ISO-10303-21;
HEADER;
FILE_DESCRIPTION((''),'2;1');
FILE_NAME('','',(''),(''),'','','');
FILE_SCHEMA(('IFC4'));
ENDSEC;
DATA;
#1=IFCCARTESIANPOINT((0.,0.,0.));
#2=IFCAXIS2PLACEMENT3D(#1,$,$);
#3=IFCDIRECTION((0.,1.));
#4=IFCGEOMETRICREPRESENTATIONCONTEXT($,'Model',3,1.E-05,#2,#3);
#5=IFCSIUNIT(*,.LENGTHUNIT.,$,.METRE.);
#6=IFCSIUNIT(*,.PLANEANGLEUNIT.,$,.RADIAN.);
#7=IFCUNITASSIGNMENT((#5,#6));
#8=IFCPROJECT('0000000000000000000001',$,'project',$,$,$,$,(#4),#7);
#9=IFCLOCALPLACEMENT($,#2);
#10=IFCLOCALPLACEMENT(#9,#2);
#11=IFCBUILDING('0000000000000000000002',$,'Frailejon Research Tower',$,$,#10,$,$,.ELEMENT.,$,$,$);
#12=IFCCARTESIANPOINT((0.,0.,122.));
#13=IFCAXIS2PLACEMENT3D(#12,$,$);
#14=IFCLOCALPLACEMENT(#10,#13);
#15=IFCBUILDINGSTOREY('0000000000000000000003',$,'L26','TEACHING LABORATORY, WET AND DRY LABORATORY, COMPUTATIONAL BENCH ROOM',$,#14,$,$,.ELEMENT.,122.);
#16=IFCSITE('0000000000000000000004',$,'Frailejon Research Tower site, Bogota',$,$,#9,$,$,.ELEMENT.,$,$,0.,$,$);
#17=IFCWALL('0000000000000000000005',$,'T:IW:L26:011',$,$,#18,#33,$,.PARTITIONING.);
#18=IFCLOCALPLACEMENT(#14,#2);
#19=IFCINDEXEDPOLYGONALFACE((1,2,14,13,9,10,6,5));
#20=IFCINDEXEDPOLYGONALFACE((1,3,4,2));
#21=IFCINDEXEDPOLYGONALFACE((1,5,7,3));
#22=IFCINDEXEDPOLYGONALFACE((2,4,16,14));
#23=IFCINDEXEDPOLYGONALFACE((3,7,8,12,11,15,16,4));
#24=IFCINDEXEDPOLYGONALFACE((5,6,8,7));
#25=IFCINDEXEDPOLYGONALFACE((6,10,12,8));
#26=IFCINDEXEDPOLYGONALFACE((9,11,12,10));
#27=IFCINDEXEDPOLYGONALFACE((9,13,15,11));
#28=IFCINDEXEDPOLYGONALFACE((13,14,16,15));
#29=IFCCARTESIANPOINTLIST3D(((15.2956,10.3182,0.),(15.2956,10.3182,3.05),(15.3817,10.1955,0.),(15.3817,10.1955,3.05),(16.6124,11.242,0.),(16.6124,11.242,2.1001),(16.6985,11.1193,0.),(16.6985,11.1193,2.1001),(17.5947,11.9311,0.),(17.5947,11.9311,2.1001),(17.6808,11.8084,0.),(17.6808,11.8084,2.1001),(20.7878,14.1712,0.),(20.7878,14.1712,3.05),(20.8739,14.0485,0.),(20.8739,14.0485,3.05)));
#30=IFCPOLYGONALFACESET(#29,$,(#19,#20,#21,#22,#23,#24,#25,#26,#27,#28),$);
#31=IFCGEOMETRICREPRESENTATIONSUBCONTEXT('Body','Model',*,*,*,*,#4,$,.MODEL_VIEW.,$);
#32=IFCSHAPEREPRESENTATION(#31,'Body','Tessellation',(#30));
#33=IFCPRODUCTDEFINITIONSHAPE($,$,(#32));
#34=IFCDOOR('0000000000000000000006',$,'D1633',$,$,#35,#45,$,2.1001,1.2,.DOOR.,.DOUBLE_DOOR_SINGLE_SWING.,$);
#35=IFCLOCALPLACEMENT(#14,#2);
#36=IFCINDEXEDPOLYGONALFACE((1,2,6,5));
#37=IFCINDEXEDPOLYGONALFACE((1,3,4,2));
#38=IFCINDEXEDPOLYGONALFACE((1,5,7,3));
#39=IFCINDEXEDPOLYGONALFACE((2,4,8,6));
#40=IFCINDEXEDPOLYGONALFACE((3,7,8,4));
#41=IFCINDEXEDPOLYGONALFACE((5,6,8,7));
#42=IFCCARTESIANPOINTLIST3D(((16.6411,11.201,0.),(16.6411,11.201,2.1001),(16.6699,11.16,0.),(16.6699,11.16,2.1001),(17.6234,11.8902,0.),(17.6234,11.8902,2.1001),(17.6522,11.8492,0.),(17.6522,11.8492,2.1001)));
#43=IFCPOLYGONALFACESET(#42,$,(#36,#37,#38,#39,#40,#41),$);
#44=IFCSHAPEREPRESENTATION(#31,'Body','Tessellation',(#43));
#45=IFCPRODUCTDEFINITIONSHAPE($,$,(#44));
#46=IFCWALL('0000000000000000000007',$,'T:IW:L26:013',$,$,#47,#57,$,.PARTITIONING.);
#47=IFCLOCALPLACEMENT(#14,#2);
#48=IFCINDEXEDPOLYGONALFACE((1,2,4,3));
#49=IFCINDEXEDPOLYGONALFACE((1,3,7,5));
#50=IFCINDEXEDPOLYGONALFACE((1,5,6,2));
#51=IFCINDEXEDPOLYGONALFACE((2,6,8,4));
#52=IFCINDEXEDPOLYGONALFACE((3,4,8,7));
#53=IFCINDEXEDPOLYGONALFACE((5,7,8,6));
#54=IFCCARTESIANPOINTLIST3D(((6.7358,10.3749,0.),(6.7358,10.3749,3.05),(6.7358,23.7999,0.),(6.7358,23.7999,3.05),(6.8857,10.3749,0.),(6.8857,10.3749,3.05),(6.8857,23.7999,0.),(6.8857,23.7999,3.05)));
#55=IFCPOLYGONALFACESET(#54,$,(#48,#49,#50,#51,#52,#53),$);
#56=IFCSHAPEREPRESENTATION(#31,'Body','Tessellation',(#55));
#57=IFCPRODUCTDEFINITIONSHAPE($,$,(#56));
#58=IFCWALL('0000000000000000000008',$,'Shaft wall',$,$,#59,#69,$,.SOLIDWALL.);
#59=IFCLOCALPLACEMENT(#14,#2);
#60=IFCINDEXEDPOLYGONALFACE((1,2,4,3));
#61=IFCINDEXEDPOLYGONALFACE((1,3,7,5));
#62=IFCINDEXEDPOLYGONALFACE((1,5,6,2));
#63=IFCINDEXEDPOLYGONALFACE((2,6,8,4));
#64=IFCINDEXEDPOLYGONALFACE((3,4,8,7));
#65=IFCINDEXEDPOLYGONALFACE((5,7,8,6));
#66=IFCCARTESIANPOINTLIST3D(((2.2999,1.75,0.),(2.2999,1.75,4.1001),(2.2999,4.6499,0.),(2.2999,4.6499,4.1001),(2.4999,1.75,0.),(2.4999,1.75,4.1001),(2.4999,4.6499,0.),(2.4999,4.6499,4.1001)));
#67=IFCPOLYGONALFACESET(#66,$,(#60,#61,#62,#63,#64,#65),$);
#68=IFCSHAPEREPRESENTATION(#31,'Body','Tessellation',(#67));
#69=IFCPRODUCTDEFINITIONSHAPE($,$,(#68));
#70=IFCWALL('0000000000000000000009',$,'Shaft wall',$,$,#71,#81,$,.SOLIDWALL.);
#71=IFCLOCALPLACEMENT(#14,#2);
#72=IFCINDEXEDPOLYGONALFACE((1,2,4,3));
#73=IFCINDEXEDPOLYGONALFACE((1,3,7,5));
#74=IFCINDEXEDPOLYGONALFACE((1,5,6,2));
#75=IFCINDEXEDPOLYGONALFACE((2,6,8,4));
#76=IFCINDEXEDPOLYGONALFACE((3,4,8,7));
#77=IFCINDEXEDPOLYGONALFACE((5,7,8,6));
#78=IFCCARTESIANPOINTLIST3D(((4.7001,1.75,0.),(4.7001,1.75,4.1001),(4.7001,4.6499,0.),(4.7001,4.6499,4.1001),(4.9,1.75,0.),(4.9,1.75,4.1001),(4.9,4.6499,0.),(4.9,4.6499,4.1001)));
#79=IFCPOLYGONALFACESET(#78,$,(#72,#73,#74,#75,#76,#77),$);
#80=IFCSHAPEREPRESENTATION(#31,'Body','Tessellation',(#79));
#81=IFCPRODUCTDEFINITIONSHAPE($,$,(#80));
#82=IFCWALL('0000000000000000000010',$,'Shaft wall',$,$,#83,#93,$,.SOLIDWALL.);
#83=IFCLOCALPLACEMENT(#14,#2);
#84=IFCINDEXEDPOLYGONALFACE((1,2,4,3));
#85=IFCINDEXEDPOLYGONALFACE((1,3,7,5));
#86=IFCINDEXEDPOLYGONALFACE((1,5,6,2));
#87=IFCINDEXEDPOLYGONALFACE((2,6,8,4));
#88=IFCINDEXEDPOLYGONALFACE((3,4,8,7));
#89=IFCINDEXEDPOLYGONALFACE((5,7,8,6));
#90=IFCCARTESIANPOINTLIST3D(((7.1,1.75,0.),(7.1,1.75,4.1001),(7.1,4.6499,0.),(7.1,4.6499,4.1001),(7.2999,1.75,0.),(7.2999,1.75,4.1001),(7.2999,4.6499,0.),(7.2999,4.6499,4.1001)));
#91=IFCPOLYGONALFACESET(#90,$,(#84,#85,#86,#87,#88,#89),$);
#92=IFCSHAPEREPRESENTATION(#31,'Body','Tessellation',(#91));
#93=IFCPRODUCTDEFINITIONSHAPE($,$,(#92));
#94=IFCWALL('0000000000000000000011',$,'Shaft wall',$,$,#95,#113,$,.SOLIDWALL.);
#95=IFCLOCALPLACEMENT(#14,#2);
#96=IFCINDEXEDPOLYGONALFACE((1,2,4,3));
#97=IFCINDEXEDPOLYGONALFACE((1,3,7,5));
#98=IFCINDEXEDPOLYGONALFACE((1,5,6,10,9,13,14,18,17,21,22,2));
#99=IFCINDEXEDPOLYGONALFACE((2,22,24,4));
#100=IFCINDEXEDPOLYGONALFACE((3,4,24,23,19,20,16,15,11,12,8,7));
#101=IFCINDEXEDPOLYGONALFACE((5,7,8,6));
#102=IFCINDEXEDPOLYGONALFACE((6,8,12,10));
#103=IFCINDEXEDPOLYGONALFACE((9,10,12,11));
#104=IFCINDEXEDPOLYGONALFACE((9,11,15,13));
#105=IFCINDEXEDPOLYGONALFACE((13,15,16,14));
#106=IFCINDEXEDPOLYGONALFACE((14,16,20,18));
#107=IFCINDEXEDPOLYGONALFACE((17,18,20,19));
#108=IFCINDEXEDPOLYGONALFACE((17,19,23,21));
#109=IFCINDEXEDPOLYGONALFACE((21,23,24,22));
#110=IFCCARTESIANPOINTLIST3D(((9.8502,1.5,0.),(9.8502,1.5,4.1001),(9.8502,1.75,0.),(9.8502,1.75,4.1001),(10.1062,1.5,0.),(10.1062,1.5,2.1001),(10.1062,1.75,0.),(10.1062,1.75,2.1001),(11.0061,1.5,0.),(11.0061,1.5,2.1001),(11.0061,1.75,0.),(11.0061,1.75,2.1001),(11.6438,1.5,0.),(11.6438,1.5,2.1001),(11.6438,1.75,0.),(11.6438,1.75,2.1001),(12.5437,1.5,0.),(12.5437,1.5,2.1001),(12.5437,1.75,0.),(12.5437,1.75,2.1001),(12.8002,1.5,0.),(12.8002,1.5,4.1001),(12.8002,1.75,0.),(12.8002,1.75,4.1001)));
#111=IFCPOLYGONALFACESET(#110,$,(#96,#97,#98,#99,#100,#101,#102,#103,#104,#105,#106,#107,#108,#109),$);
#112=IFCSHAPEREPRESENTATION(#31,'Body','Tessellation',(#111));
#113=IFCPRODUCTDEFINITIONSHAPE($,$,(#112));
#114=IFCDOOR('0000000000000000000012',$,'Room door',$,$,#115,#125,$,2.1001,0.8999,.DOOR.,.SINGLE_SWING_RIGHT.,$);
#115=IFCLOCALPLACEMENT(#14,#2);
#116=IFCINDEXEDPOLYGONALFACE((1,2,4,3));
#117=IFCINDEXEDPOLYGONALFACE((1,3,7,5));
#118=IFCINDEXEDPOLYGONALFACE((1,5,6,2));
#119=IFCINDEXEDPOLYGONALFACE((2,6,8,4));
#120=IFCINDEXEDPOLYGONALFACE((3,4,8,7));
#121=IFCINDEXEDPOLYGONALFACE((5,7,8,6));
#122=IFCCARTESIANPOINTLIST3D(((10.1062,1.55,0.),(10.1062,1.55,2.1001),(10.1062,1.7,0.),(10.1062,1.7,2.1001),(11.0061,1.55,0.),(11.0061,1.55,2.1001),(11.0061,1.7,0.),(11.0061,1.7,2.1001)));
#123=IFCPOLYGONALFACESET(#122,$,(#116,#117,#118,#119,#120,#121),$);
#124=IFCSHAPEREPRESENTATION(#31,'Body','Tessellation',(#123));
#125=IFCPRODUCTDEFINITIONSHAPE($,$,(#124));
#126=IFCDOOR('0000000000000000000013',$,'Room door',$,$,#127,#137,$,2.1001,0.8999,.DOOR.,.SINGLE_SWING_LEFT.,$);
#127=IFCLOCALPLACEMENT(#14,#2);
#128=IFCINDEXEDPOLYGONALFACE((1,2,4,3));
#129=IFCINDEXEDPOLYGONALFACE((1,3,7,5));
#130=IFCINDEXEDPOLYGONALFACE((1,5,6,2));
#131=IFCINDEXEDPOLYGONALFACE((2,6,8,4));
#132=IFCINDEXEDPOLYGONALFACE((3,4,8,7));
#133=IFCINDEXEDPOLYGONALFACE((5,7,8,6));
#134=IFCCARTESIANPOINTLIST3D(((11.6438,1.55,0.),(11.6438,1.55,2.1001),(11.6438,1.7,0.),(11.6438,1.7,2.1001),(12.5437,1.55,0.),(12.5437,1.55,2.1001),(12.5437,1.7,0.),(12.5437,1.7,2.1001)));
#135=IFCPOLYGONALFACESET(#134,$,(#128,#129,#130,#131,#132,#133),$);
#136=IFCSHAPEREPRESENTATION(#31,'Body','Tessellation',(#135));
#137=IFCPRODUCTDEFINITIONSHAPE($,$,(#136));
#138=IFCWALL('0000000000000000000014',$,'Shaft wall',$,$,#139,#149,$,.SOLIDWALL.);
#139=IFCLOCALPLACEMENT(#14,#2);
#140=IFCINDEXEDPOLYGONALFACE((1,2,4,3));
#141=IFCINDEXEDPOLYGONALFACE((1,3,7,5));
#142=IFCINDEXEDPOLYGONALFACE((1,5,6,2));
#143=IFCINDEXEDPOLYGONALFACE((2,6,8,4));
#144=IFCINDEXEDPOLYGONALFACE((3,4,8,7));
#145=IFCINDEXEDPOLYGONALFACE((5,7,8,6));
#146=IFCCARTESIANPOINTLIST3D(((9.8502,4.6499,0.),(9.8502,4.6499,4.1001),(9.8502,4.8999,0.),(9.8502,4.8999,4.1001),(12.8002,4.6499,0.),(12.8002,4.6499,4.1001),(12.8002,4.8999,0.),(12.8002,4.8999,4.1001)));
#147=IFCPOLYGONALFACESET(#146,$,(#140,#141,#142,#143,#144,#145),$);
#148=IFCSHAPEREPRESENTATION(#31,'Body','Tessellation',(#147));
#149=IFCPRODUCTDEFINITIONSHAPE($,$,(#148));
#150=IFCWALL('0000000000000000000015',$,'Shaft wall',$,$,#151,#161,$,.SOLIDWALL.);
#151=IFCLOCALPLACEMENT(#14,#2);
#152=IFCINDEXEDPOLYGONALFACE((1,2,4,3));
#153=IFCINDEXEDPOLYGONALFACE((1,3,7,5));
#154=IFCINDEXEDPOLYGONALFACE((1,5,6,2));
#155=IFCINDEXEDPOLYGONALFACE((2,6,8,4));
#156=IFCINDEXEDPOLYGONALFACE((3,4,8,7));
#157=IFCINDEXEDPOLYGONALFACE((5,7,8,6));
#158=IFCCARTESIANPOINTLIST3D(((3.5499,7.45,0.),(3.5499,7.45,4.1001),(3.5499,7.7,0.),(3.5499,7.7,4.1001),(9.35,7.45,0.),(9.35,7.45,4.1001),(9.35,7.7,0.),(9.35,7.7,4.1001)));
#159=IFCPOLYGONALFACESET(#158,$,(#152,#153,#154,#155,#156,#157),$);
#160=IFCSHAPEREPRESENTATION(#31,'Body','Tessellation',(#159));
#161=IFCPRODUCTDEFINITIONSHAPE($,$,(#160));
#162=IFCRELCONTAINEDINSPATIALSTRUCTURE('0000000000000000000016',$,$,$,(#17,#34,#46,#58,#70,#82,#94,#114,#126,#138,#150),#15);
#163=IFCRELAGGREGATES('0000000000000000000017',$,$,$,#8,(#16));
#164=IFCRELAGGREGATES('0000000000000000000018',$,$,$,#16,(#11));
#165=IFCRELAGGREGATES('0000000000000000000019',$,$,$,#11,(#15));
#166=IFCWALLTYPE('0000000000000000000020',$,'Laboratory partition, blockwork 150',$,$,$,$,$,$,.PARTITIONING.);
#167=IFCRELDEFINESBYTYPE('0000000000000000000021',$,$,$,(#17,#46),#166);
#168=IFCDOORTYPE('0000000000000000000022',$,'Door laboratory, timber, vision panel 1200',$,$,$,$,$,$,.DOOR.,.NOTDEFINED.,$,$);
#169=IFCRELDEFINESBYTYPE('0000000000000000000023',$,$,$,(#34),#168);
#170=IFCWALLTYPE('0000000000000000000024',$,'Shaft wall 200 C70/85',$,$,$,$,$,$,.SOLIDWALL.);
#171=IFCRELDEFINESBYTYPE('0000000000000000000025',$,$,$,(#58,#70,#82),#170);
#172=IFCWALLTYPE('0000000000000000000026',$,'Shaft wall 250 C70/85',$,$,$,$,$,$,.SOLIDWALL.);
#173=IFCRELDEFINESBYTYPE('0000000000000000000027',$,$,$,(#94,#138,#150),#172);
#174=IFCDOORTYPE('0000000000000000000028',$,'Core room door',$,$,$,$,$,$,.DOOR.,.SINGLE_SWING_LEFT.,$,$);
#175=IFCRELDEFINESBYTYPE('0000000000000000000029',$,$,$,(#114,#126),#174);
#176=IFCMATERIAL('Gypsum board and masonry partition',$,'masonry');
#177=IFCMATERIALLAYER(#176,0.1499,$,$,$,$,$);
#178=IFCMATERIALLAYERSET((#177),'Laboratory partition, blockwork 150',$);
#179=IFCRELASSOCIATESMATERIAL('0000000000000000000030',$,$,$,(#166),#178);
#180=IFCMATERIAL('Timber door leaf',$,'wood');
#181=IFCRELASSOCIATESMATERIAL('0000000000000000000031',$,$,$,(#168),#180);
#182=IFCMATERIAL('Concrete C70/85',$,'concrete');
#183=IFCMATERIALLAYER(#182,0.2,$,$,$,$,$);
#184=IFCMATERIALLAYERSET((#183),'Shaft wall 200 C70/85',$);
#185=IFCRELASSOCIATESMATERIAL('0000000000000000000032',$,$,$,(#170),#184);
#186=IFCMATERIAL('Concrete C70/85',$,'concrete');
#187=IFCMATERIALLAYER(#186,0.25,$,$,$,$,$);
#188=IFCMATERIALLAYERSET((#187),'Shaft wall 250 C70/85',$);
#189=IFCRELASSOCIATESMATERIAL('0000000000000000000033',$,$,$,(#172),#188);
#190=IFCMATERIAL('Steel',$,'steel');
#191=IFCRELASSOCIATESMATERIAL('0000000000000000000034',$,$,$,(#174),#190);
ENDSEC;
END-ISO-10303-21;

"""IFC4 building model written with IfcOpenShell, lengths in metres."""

from ifc_helpers import new_model, si_unit, direction, frame, frame_2d, origin, place, context, subcontext, project, spatial, rectangle, extrude, material, layer, layer_set, type_object, element, fill, save


model = new_model("IFC4")

# Units and contexts
model_context = context("Model", 3, precision=1e-05, world=origin(), true_north=direction((0.0, 1.0)))
body_context = subcontext(model_context, "Body", "Model", "MODEL_VIEW")
ifc_project = project(units=[si_unit("LENGTHUNIT", "METRE"), si_unit("PLANEANGLEUNIT", "RADIAN")], contexts=[model_context])

# Site, building, storey
site_placement = place(None, origin())
site = spatial("IfcSite", under=ifc_project, at=site_placement, Name="Frailejon Research Tower site, Bogota", CompositionType="ELEMENT", RefElevation=0.0)
building_placement = place(site_placement, origin())
building = spatial("IfcBuilding", under=site, at=building_placement, Name="Frailejon Research Tower", CompositionType="ELEMENT")
storey_placement = place(building_placement, frame((0.0, 0.0, 122.0)))
storey = spatial("IfcBuildingStorey", under=building, at=storey_placement, Name="L26", Description="TEACHING LABORATORY, WET AND DRY LABORATORY, COMPUTATIONAL BENCH ROOM", CompositionType="ELEMENT", Elevation=122.0)

# Wall, opening, door
ifc_material_1 = material(Name="Gypsum board and masonry partition", Category="masonry")
ifc_layer_1 = layer(ifc_material_1, 0.1499)
ifc_layer_set_1 = layer_set([ifc_layer_1], Name="Laboratory partition, blockwork 150")
wall_type_1 = type_object("IfcWallType", Name="Laboratory partition, blockwork 150", PredefinedType="PARTITIONING", material=ifc_layer_set_1)
wall_1_placement = place(storey_placement, frame((15.3386, 10.2568, 0.0), z_axis=(0.0, 0.0, 1.0), x_axis=(0.818637, 0.574312, 0.0)))
wall_1 = element("IfcWall", 1, at=wall_1_placement, inside=storey, type_object=wall_type_1, Name="T:IW:L26:011", PredefinedType="PARTITIONING", context=body_context, shape_type="SweptSolid", body=[
    extrude(rectangle(XDim=6.709, YDim=0.1499, at=frame_2d((3.3545, 0.0))), origin(), (0.0, 0.0, 1.0), 3.05),
])
opening_1_placement = place(wall_1_placement, frame((1.6084, 0.0, 0.0)))
opening_1 = element("IfcOpeningElement", 2, at=opening_1_placement, cuts=wall_1, PredefinedType="OPENING", context=body_context, shape_type="SweptSolid", body=[
    extrude(rectangle(XDim=1.2, YDim=2.1001, at=frame_2d((0.6001, 1.05))), frame((0.0, 0.085, 0.0), z_axis=(0.0, -1.0, 0.0), x_axis=(1.0, 0.0, 0.0)), (0.0, 0.0, 1.0), 0.1699),
])
ifc_material_2 = material(Name="Timber door leaf", Category="wood")
door_type_1 = type_object("IfcDoorType", Name="Door laboratory, timber, vision panel 1200", OperationType="NOTDEFINED", PredefinedType="DOOR", material=ifc_material_2)
door_1_placement = place(opening_1_placement, origin())
door_1 = element("IfcDoor", 3, at=door_1_placement, inside=storey, type_object=door_type_1, Name="D1633", OperationType="DOUBLE_DOOR_SINGLE_SWING", OverallHeight=2.1001, OverallWidth=1.2, PredefinedType="DOOR", context=body_context, shape_type="SweptSolid", body=[
    extrude(rectangle(XDim=1.2, YDim=2.1001, at=frame_2d((0.6001, 1.05))), frame((0.0, 0.0249, 0.0), z_axis=(0.0, -1.0, 0.0), x_axis=(1.0, 0.0, 0.0)), (0.0, 0.0, 1.0), 0.05),
])
fill(opening_1, door_1)

# Walls
wall_2_placement = place(storey_placement, frame((6.8108, 10.375, 0.0), z_axis=(0.0, 0.0, 1.0), x_axis=(0.0, 1.0, 0.0)))
element("IfcWall", 4, at=wall_2_placement, inside=storey, type_object=wall_type_1, Name="T:IW:L26:013", PredefinedType="PARTITIONING", context=body_context, shape_type="SweptSolid", body=[
    extrude(rectangle(XDim=13.425, YDim=0.1499, at=frame_2d((6.7124, 0.0))), origin(), (0.0, 0.0, 1.0), 3.05),
])
ifc_material_3 = material(Name="Concrete C70/85", Category="concrete")
ifc_layer_2 = layer(ifc_material_3, 0.2)
ifc_layer_set_2 = layer_set([ifc_layer_2], Name="Shaft wall 200 C70/85")
wall_type_2 = type_object("IfcWallType", Name="Shaft wall 200 C70/85", PredefinedType="SOLIDWALL", material=ifc_layer_set_2)
for number, where, z_axis, x_axis, name in (
    (5, (2.3999, 1.75, 0.0), (0.0, 0.0, 1.0), (0.0, 1.0, 0.0), "Shaft wall"),
    (6, (4.8, 1.75, 0.0), (0.0, 0.0, 1.0), (0.0, 1.0, 0.0), "Shaft wall"),
    (7, (7.2, 1.75, 0.0), (0.0, 0.0, 1.0), (0.0, 1.0, 0.0), "Shaft wall"),
):
    element("IfcWall", number, at=place(storey_placement, frame(where, z_axis=z_axis, x_axis=x_axis)), inside=storey, type_object=wall_type_2, Name=name, PredefinedType="SOLIDWALL", context=body_context, shape_type="SweptSolid", body=[
        extrude(rectangle(XDim=2.8999, YDim=0.2, at=frame_2d((1.45, 0.0))), origin(), (0.0, 0.0, 1.0), 4.1001),
    ])

# Wall, openings, doors
ifc_material_4 = material(Name="Concrete C70/85", Category="concrete")
ifc_layer_3 = layer(ifc_material_4, 0.25)
ifc_layer_set_3 = layer_set([ifc_layer_3], Name="Shaft wall 250 C70/85")
wall_type_3 = type_object("IfcWallType", Name="Shaft wall 250 C70/85", PredefinedType="SOLIDWALL", material=ifc_layer_set_3)
wall_3_placement = place(storey_placement, frame((9.8501, 1.625, 0.0), z_axis=(0.0, 0.0, 1.0), x_axis=(1.0, 0.0, 0.0)))
wall_3 = element("IfcWall", 8, at=wall_3_placement, inside=storey, type_object=wall_type_3, Name="Shaft wall", PredefinedType="SOLIDWALL", context=body_context, shape_type="SweptSolid", body=[
    extrude(rectangle(XDim=2.95, YDim=0.25, at=frame_2d((1.4751, 0.0))), origin(), (0.0, 0.0, 1.0), 4.1001),
])
opening_2_placement = place(wall_3_placement, frame((0.2561, 0.0, 0.0)))
opening_2 = element("IfcOpeningElement", 9, at=opening_2_placement, cuts=wall_3, PredefinedType="OPENING", context=body_context, shape_type="SweptSolid", body=[
    extrude(rectangle(XDim=0.8999, YDim=2.1001, at=frame_2d((0.45, 1.05))), frame((0.0, 0.135, 0.0), z_axis=(0.0, -1.0, 0.0), x_axis=(1.0, 0.0, 0.0)), (0.0, 0.0, 1.0), 0.27),
])
opening_3_placement = place(wall_3_placement, frame((1.7937, 0.0, 0.0)))
opening_3 = element("IfcOpeningElement", 10, at=opening_3_placement, cuts=wall_3, PredefinedType="OPENING", context=body_context, shape_type="SweptSolid", body=[
    extrude(rectangle(XDim=0.8999, YDim=2.1001, at=frame_2d((0.45, 1.05))), frame((0.0, 0.135, 0.0), z_axis=(0.0, -1.0, 0.0), x_axis=(1.0, 0.0, 0.0)), (0.0, 0.0, 1.0), 0.27),
])
ifc_material_5 = material(Name="Steel", Category="steel")
door_type_2 = type_object("IfcDoorType", Name="Core room door", OperationType="SINGLE_SWING_LEFT", PredefinedType="DOOR", material=ifc_material_5)
door_2_placement = place(opening_2_placement, origin())
door_2 = element("IfcDoor", 11, at=door_2_placement, inside=storey, type_object=door_type_2, Name="Room door", OperationType="SINGLE_SWING_RIGHT", OverallHeight=2.1001, OverallWidth=0.8999, PredefinedType="DOOR", context=body_context, shape_type="SweptSolid", body=[
    extrude(rectangle(XDim=0.8999, YDim=2.1001, at=frame_2d((0.45, 1.05))), frame((0.0, 0.075, 0.0), z_axis=(0.0, -1.0, 0.0), x_axis=(1.0, 0.0, 0.0)), (0.0, 0.0, 1.0), 0.1499),
])
fill(opening_2, door_2)
door_3_placement = place(opening_3_placement, origin())
door_3 = element("IfcDoor", 12, at=door_3_placement, inside=storey, type_object=door_type_2, Name="Room door", OperationType="SINGLE_SWING_LEFT", OverallHeight=2.1001, OverallWidth=0.8999, PredefinedType="DOOR", context=body_context, shape_type="SweptSolid", body=[
    extrude(rectangle(XDim=0.8999, YDim=2.1001, at=frame_2d((0.45, 1.05))), frame((0.0, 0.075, 0.0), z_axis=(0.0, -1.0, 0.0), x_axis=(1.0, 0.0, 0.0)), (0.0, 0.0, 1.0), 0.1499),
])
fill(opening_3, door_3)

# Walls
wall_4_placement = place(storey_placement, frame((9.8501, 4.7749, 0.0), z_axis=(0.0, 0.0, 1.0), x_axis=(1.0, 0.0, 0.0)))
element("IfcWall", 13, at=wall_4_placement, inside=storey, type_object=wall_type_3, Name="Shaft wall", PredefinedType="SOLIDWALL", context=body_context, shape_type="SweptSolid", body=[
    extrude(rectangle(XDim=2.95, YDim=0.25, at=frame_2d((1.4751, 0.0))), origin(), (0.0, 0.0, 1.0), 4.1001),
])
wall_5_placement = place(storey_placement, frame((3.55, 7.575, 0.0), z_axis=(0.0, 0.0, 1.0), x_axis=(1.0, 0.0, 0.0)))
element("IfcWall", 14, at=wall_5_placement, inside=storey, type_object=wall_type_3, Name="Shaft wall", PredefinedType="SOLIDWALL", context=body_context, shape_type="SweptSolid", body=[
    extrude(rectangle(XDim=5.8, YDim=0.25, at=frame_2d((2.8999, 0.0))), origin(), (0.0, 0.0, 1.0), 4.1001),
])

save(model, "model.ifc")
